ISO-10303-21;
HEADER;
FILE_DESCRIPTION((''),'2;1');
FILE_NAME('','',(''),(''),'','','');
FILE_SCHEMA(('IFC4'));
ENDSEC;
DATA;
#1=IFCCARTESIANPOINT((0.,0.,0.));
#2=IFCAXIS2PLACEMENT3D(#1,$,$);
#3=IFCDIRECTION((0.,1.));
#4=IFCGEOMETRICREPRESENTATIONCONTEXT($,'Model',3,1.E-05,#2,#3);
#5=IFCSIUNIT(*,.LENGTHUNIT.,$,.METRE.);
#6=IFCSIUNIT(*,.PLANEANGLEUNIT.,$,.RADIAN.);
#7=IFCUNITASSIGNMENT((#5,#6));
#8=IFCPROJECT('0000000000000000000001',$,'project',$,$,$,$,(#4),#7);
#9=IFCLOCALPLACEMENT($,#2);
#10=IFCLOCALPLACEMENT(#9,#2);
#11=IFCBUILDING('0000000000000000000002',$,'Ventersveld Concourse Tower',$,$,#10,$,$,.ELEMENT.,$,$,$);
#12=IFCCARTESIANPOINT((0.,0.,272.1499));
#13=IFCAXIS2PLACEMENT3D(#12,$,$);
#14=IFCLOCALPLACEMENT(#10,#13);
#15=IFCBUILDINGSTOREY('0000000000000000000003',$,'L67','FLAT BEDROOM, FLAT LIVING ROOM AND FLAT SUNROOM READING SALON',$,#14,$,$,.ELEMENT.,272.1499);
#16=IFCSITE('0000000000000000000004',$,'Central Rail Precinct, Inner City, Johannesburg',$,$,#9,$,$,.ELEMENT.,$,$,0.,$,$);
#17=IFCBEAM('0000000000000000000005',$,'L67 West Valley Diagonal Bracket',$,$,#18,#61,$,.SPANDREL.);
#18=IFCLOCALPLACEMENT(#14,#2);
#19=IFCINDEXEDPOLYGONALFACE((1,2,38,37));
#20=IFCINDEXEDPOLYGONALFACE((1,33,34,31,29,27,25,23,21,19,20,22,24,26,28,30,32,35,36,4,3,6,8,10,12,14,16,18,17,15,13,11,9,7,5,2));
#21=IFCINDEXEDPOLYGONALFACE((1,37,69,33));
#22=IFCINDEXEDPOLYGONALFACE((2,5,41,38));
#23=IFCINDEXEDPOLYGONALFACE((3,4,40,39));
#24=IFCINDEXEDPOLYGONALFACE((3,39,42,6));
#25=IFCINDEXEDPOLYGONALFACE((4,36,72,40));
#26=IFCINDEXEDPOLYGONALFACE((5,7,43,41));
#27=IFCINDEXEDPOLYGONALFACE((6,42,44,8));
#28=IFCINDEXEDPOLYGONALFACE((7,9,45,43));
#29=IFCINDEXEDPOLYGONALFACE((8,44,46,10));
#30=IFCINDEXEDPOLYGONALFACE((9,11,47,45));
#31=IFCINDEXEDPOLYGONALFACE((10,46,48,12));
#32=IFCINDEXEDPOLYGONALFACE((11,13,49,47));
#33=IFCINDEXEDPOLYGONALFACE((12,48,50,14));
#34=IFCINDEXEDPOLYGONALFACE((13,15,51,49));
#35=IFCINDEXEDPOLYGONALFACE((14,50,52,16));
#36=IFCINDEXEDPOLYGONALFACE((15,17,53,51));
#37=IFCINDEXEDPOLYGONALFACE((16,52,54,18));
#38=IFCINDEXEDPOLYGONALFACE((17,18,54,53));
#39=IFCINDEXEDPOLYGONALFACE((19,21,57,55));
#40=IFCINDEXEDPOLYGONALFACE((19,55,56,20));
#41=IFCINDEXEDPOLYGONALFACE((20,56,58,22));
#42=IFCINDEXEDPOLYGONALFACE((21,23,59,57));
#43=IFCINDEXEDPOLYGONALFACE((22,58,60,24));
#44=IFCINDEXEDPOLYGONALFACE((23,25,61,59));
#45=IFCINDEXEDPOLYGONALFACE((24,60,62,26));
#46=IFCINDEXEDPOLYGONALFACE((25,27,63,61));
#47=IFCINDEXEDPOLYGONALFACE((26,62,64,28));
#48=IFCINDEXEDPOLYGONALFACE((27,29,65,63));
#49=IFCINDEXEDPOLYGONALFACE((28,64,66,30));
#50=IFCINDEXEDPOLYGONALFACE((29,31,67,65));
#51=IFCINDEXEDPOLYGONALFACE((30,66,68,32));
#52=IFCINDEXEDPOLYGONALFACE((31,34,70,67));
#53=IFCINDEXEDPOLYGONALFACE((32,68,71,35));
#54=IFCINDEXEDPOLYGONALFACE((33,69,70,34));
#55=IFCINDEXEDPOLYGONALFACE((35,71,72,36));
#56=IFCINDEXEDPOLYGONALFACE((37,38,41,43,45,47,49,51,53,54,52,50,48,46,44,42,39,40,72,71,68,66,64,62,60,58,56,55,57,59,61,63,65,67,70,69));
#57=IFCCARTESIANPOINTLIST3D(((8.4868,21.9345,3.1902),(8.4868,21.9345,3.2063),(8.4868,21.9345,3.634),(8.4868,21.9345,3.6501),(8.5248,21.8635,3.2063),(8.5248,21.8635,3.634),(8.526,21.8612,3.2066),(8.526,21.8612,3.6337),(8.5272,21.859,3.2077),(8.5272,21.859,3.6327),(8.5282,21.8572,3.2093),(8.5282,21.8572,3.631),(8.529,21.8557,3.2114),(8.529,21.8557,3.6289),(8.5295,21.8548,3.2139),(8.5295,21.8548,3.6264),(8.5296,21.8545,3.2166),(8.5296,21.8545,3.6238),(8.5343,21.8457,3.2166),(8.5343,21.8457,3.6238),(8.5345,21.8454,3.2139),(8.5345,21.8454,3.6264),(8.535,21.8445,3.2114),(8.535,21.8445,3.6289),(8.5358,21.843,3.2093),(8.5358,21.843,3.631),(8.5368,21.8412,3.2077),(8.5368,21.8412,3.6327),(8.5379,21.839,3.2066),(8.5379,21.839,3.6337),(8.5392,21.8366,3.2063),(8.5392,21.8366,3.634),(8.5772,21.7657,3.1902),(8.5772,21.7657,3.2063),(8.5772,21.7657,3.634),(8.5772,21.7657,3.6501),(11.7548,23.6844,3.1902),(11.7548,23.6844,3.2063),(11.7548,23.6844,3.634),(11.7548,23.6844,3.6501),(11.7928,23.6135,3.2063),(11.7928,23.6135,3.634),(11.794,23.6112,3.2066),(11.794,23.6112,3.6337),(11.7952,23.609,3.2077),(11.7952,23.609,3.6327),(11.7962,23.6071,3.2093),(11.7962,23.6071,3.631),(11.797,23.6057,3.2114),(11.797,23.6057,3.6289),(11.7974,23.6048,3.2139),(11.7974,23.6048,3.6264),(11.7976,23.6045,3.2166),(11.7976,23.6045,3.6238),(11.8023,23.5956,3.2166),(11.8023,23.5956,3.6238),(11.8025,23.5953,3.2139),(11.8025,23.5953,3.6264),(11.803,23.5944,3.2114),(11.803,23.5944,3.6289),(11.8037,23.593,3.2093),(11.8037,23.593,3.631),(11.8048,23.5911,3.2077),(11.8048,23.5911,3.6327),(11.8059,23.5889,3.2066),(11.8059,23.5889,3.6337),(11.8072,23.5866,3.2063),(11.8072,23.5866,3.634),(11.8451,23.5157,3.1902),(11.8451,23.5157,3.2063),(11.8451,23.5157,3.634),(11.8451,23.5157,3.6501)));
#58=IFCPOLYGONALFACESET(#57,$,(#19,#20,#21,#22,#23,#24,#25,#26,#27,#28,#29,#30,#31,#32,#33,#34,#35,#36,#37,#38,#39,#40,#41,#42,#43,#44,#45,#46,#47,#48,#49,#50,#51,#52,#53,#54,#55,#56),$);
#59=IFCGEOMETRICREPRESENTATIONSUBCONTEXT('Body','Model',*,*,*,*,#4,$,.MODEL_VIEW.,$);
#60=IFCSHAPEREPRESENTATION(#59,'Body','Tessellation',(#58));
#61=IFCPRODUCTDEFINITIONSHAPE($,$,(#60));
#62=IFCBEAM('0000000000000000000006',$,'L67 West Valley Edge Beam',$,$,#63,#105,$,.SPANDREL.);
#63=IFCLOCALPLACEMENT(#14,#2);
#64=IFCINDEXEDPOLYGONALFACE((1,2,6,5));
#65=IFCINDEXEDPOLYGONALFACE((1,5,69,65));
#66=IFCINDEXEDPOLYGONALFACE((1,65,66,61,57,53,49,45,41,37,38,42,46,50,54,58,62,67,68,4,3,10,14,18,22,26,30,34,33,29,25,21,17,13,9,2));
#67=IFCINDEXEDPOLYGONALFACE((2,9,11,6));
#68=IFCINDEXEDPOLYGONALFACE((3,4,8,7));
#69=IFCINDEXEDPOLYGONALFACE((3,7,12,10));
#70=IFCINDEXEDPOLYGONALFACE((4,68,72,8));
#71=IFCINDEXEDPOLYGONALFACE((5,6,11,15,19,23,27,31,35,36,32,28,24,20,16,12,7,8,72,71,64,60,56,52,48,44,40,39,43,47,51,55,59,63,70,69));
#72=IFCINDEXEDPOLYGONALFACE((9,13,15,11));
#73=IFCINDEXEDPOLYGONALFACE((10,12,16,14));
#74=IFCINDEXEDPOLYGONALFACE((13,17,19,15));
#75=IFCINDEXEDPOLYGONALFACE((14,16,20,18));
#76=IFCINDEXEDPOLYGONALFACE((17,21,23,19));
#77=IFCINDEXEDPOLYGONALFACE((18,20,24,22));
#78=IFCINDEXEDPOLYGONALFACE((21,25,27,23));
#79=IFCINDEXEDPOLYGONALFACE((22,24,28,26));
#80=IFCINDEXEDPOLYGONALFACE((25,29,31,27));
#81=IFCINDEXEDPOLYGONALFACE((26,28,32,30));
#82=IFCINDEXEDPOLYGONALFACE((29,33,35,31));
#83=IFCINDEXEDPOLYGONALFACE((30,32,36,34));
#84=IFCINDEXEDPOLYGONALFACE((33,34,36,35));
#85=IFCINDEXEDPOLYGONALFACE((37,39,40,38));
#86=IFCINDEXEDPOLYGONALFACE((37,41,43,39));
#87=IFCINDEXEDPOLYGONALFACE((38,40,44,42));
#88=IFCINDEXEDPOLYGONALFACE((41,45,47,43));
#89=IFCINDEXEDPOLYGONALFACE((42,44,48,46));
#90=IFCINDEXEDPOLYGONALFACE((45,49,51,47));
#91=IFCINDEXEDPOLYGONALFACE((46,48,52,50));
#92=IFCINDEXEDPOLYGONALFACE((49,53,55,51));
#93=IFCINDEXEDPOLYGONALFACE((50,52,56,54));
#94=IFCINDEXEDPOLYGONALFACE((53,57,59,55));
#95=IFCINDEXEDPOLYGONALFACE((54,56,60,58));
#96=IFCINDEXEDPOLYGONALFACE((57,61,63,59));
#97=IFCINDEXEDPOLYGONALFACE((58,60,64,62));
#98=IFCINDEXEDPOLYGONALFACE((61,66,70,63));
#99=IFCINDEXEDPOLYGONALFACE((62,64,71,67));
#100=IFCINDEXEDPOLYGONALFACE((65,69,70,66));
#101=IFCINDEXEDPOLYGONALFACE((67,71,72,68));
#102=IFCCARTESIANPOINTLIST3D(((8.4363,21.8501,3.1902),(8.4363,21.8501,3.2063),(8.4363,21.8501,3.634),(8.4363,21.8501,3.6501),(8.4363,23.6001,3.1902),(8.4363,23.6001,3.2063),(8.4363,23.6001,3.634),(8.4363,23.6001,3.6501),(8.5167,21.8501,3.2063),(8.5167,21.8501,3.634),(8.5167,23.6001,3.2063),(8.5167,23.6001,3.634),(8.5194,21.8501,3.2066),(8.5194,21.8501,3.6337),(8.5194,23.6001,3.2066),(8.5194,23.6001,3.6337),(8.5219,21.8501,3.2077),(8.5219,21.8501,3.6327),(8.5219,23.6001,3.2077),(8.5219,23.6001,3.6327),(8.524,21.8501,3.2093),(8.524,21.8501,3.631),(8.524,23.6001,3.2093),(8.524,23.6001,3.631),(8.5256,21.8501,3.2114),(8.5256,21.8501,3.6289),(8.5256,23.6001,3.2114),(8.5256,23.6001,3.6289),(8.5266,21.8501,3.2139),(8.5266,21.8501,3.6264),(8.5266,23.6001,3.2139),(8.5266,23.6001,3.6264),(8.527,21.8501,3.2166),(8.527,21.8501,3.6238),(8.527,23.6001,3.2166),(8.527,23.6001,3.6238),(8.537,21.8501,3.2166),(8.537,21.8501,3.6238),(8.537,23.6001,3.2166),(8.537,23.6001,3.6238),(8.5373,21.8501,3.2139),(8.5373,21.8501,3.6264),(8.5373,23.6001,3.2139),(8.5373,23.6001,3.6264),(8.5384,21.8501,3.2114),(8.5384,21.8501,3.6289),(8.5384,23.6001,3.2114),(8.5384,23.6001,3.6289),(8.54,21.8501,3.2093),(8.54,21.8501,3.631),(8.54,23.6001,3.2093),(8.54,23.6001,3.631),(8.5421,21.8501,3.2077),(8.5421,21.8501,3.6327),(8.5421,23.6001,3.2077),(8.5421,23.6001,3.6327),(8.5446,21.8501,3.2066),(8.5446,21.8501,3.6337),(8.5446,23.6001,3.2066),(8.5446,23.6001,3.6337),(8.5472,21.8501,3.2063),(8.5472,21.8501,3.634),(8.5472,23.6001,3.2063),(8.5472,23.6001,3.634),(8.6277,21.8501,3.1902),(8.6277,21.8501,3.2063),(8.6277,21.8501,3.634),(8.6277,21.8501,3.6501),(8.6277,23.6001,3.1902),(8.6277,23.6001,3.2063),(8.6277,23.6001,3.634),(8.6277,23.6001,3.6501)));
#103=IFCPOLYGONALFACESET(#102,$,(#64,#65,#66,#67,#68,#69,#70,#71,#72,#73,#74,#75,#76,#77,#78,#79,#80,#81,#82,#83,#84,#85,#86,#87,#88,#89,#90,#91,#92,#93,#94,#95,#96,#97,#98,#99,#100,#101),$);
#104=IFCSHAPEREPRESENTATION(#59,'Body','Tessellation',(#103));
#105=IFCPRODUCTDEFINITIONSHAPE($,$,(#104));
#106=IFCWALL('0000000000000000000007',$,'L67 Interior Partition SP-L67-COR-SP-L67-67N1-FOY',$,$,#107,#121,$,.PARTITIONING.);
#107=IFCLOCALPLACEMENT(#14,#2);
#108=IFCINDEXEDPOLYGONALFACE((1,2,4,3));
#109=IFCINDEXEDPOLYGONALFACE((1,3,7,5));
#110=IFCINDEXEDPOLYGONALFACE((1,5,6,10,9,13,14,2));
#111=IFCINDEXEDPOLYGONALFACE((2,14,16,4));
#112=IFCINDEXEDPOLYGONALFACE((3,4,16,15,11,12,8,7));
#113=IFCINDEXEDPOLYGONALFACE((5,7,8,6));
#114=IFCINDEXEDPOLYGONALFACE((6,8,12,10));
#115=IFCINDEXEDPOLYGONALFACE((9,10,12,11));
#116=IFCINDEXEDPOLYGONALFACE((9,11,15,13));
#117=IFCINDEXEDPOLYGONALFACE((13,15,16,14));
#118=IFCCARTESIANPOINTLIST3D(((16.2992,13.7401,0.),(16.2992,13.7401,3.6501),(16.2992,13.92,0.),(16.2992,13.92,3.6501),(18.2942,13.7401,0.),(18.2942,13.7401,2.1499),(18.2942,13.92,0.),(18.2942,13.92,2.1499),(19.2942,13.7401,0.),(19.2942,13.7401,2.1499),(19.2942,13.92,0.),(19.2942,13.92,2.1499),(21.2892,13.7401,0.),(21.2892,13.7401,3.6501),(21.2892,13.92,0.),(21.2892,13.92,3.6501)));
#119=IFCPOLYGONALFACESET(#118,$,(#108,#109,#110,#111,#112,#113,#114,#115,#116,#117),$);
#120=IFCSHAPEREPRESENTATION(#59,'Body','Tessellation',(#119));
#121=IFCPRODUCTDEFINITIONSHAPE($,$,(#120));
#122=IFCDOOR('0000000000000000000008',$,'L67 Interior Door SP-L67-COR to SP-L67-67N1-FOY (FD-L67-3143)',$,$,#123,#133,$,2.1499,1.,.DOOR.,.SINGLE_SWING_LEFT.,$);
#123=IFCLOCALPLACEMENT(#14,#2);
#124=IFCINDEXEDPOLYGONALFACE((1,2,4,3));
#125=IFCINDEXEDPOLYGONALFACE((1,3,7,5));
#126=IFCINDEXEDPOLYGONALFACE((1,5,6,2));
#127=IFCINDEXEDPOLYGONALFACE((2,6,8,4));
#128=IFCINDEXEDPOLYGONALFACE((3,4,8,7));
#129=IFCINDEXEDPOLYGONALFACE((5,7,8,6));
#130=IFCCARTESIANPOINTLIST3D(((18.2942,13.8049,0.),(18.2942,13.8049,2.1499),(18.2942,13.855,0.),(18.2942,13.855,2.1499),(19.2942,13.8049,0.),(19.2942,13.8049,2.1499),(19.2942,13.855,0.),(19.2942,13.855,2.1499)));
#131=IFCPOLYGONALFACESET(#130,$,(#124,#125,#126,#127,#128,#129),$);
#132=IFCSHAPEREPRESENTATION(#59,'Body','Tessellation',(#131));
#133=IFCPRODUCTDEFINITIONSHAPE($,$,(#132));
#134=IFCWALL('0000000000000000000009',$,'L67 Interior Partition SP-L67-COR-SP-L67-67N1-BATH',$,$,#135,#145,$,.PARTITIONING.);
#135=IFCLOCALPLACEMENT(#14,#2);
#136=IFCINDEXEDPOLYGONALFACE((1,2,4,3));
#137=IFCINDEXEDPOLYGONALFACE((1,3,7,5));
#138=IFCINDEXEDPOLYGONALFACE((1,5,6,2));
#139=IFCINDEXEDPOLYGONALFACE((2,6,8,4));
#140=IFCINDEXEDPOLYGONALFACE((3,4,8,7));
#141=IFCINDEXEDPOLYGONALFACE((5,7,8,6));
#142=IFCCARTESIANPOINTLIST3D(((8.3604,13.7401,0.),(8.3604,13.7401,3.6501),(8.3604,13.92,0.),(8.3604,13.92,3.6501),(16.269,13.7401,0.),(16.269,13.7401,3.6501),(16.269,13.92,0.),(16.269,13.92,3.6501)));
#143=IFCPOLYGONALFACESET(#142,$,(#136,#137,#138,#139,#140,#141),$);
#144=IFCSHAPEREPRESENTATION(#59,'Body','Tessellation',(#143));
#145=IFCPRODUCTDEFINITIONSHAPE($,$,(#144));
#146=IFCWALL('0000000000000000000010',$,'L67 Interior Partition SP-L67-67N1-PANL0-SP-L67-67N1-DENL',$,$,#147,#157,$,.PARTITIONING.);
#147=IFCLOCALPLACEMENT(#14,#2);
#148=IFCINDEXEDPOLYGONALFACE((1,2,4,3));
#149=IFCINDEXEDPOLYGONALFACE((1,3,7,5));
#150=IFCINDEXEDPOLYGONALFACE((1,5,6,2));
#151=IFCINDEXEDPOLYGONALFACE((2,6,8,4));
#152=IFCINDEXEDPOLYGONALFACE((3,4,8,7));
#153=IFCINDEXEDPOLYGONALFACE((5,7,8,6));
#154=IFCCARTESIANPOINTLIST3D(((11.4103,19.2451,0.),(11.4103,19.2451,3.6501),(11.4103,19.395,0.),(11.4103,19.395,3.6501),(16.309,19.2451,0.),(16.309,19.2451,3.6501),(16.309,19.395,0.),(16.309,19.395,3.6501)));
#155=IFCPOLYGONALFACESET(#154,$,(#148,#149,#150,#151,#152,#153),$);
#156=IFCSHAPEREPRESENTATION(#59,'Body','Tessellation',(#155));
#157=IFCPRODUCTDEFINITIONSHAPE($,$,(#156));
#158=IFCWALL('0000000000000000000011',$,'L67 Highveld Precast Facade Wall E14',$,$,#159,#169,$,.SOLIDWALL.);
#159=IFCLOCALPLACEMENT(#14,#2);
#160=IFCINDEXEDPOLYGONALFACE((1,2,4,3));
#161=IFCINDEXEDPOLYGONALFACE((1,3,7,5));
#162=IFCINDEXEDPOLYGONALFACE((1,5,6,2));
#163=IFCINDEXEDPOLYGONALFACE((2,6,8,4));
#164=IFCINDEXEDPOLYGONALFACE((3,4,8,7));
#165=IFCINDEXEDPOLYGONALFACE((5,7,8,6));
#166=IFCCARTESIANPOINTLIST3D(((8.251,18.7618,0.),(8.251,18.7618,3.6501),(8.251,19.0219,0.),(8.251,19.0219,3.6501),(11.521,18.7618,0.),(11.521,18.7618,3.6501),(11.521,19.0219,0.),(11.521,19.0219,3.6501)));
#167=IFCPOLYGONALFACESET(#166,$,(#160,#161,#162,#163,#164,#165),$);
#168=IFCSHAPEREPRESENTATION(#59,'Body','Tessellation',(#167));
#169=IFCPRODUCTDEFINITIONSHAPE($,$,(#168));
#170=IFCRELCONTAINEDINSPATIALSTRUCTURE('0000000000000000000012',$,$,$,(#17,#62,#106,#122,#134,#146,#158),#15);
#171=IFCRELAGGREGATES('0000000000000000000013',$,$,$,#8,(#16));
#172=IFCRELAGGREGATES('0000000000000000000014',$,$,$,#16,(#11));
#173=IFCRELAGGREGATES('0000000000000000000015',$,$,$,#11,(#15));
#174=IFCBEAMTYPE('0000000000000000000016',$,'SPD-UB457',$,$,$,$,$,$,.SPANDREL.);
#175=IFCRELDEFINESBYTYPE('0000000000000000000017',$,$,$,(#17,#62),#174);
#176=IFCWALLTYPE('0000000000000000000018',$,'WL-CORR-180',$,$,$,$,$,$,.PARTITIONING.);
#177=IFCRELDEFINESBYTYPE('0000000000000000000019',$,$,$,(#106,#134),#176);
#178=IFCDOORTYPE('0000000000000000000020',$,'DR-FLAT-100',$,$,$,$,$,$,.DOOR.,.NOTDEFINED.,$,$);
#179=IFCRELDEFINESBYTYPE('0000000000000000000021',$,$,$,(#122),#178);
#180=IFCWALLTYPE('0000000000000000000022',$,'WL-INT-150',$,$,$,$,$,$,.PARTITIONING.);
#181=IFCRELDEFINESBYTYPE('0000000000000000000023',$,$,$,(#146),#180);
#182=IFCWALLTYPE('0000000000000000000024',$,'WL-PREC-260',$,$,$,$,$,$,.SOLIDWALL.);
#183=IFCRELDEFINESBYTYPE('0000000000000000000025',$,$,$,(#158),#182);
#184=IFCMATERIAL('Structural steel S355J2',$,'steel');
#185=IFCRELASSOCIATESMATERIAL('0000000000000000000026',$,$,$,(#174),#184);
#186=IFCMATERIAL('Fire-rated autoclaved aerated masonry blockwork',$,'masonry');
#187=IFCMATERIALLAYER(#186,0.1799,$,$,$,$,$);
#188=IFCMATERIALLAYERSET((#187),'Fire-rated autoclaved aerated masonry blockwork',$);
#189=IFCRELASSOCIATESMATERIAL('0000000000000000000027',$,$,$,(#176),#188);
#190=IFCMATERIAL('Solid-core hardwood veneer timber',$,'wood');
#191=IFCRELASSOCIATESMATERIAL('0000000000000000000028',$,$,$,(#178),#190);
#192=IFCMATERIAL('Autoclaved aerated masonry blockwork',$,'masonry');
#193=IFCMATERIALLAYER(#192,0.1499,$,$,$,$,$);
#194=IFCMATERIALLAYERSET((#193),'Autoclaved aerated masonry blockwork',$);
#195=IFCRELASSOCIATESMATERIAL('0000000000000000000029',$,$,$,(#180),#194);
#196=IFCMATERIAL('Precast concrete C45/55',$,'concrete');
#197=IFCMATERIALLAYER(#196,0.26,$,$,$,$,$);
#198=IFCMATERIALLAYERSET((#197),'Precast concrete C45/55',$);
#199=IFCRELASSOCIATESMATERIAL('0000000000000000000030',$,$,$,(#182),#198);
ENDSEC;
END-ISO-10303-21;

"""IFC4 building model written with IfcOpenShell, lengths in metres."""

from ifc_helpers import new_model, si_unit, direction, frame, frame_2d, origin, origin_2d, place, context, subcontext, project, spatial, rectangle, i_section, extrude, material, layer, layer_set, material_profile, profile_set, type_object, element, fill, save


model = new_model("IFC4")

# Units and contexts
model_context = context("Model", 3, precision=1e-05, world=origin(), true_north=direction((0.0, 1.0)))
body_context = subcontext(model_context, "Body", "Model", "MODEL_VIEW")
ifc_project = project(units=[si_unit("LENGTHUNIT", "METRE"), si_unit("PLANEANGLEUNIT", "RADIAN")], contexts=[model_context])

# Site, building, storey
site_placement = place(None, origin())
site = spatial("IfcSite", under=ifc_project, at=site_placement, Name="Central Rail Precinct, Inner City, Johannesburg", CompositionType="ELEMENT", RefElevation=0.0)
building_placement = place(site_placement, origin())
building = spatial("IfcBuilding", under=site, at=building_placement, Name="Ventersveld Concourse Tower", CompositionType="ELEMENT")
storey_placement = place(building_placement, frame((0.0, 0.0, 272.1499)))
storey = spatial("IfcBuildingStorey", under=building, at=storey_placement, Name="L67", Description="FLAT BEDROOM, FLAT LIVING ROOM AND FLAT SUNROOM READING SALON", CompositionType="ELEMENT", Elevation=272.1499)

# Beams
ifc_material_1 = material(Name="Structural steel S355J2", Category="steel")
ifc_material_profile = material_profile(ifc_material_1, i_section(OverallWidth=0.1914, OverallDepth=0.46, WebThickness=0.01, FlangeThickness=0.0161, FilletRadius=0.0103, at=origin_2d()), Name="UB 457x191x82")
ifc_profile_set = profile_set([ifc_material_profile], Name="Structural steel S355J2")
beam_type = type_object("IfcBeamType", Name="SPD-UB457", PredefinedType="SPANDREL", material=ifc_profile_set)
beam_1_placement = place(storey_placement, frame((8.532, 21.8501, 3.4202), z_axis=(0.881564, 0.472064, 0.0), x_axis=(-0.472064, 0.881564, 0.0)))
element("IfcBeam", 1, at=beam_1_placement, inside=storey, type_object=beam_type, Name="L67 West Valley Diagonal Bracket", PredefinedType="SPANDREL", context=body_context, shape_type="SweptSolid", body=[
    extrude(i_section(OverallWidth=0.1914, OverallDepth=0.46, WebThickness=0.01, FlangeThickness=0.0161, FilletRadius=0.0103, at=origin_2d()), origin(), (0.0, 0.0, 1.0), 3.707),
])
beam_2_placement = place(storey_placement, frame((8.532, 21.8501, 3.4202), z_axis=(0.0, 1.0, 0.0), x_axis=(-1.0, 0.0, 0.0)))
element("IfcBeam", 2, at=beam_2_placement, inside=storey, type_object=beam_type, Name="L67 West Valley Edge Beam", PredefinedType="SPANDREL", context=body_context, shape_type="SweptSolid", body=[
    extrude(i_section(OverallWidth=0.1914, OverallDepth=0.46, WebThickness=0.01, FlangeThickness=0.0161, FilletRadius=0.0103, at=origin_2d()), origin(), (0.0, 0.0, 1.0), 1.75),
])

# Wall, opening, door
ifc_material_2 = material(Name="Fire-rated autoclaved aerated masonry blockwork", Category="masonry")
ifc_layer_1 = layer(ifc_material_2, 0.1799)
ifc_layer_set_1 = layer_set([ifc_layer_1], Name="Fire-rated autoclaved aerated masonry blockwork")
wall_type_1 = type_object("IfcWallType", Name="WL-CORR-180", PredefinedType="PARTITIONING", material=ifc_layer_set_1)
ifc_material_3 = material(Name="Solid-core hardwood veneer timber", Category="wood")
door_type_1 = type_object("IfcDoorType", Name="DR-FLAT-100", OperationType="NOTDEFINED", PredefinedType="DOOR", material=ifc_material_3)
wall_1_placement = place(storey_placement, frame((16.2991, 13.8301, 0.0), z_axis=(0.0, 0.0, 1.0), x_axis=(1.0, 0.0, 0.0)))
wall_1 = element("IfcWall", 3, at=wall_1_placement, inside=storey, type_object=wall_type_1, Name="L67 Interior Partition SP-L67-COR-SP-L67-67N1-FOY", PredefinedType="PARTITIONING", context=body_context, shape_type="SweptSolid", body=[
    extrude(rectangle(XDim=4.99, YDim=0.1799, at=frame_2d((2.4951, 0.0))), origin(), (0.0, 0.0, 1.0), 3.6501),
])
opening_1_placement = place(wall_1_placement, frame((1.9951, 0.0, 0.0)))
opening_1 = element("IfcOpeningElement", 4, at=opening_1_placement, cuts=wall_1, PredefinedType="OPENING", context=body_context, shape_type="SweptSolid", body=[
    extrude(rectangle(XDim=1.0, YDim=2.1499, at=frame_2d((0.5, 1.075))), frame((0.0, 0.1001, 0.0), z_axis=(0.0, -1.0, 0.0), x_axis=(1.0, 0.0, 0.0)), (0.0, 0.0, 1.0), 0.2),
])
door_1_placement = place(opening_1_placement, origin())
door_1 = element("IfcDoor", 5, at=door_1_placement, inside=storey, type_object=door_type_1, Name="L67 Interior Door SP-L67-COR to SP-L67-67N1-FOY (FD-L67-3143)", OperationType="SINGLE_SWING_LEFT", OverallHeight=2.1499, OverallWidth=1.0, PredefinedType="DOOR", context=body_context, shape_type="SweptSolid", body=[
    extrude(rectangle(XDim=1.0, YDim=2.1499, at=frame_2d((0.5, 1.075))), frame((0.0, 0.0249, 0.0), z_axis=(0.0, -1.0, 0.0), x_axis=(1.0, 0.0, 0.0)), (0.0, 0.0, 1.0), 0.05),
])
fill(opening_1, door_1)

# Walls
wall_2_placement = place(storey_placement, frame((8.3604, 13.8301, 0.0), z_axis=(0.0, 0.0, 1.0), x_axis=(1.0, 0.0, 0.0)))
element("IfcWall", 6, at=wall_2_placement, inside=storey, type_object=wall_type_1, Name="L67 Interior Partition SP-L67-COR-SP-L67-67N1-BATH", PredefinedType="PARTITIONING", context=body_context, shape_type="SweptSolid", body=[
    extrude(rectangle(XDim=7.9087, YDim=0.1799, at=frame_2d((3.9543, 0.0))), origin(), (0.0, 0.0, 1.0), 3.6501),
])
ifc_material_4 = material(Name="Autoclaved aerated masonry blockwork", Category="masonry")
ifc_layer_2 = layer(ifc_material_4, 0.1499)
ifc_layer_set_2 = layer_set([ifc_layer_2], Name="Autoclaved aerated masonry blockwork")
wall_type_2 = type_object("IfcWallType", Name="WL-INT-150", PredefinedType="PARTITIONING", material=ifc_layer_set_2)
wall_3_placement = place(storey_placement, frame((11.4104, 19.3201, 0.0), z_axis=(0.0, 0.0, 1.0), x_axis=(1.0, 0.0, 0.0)))
element("IfcWall", 7, at=wall_3_placement, inside=storey, type_object=wall_type_2, Name="L67 Interior Partition SP-L67-67N1-PANL0-SP-L67-67N1-DENL", PredefinedType="PARTITIONING", context=body_context, shape_type="SweptSolid", body=[
    extrude(rectangle(XDim=4.8987, YDim=0.1499, at=frame_2d((2.4492, 0.0))), origin(), (0.0, 0.0, 1.0), 3.6501),
])
ifc_material_5 = material(Name="Precast concrete C45/55", Category="concrete")
ifc_layer_3 = layer(ifc_material_5, 0.26)
ifc_layer_set_3 = layer_set([ifc_layer_3], Name="Precast concrete C45/55")
wall_type_3 = type_object("IfcWallType", Name="WL-PREC-260", PredefinedType="SOLIDWALL", material=ifc_layer_set_3)
wall_4_placement = place(storey_placement, frame((11.521, 18.8918, 0.0), z_axis=(0.0, 0.0, 1.0), x_axis=(-1.0, 0.0, 0.0)))
element("IfcWall", 8, at=wall_4_placement, inside=storey, type_object=wall_type_3, Name="L67 Highveld Precast Facade Wall E14", PredefinedType="SOLIDWALL", context=body_context, shape_type="SweptSolid", body=[
    extrude(rectangle(XDim=3.27, YDim=0.26, at=frame_2d((1.635, 0.0))), origin(), (0.0, 0.0, 1.0), 3.6501),
])

save(model, "model.ifc")
